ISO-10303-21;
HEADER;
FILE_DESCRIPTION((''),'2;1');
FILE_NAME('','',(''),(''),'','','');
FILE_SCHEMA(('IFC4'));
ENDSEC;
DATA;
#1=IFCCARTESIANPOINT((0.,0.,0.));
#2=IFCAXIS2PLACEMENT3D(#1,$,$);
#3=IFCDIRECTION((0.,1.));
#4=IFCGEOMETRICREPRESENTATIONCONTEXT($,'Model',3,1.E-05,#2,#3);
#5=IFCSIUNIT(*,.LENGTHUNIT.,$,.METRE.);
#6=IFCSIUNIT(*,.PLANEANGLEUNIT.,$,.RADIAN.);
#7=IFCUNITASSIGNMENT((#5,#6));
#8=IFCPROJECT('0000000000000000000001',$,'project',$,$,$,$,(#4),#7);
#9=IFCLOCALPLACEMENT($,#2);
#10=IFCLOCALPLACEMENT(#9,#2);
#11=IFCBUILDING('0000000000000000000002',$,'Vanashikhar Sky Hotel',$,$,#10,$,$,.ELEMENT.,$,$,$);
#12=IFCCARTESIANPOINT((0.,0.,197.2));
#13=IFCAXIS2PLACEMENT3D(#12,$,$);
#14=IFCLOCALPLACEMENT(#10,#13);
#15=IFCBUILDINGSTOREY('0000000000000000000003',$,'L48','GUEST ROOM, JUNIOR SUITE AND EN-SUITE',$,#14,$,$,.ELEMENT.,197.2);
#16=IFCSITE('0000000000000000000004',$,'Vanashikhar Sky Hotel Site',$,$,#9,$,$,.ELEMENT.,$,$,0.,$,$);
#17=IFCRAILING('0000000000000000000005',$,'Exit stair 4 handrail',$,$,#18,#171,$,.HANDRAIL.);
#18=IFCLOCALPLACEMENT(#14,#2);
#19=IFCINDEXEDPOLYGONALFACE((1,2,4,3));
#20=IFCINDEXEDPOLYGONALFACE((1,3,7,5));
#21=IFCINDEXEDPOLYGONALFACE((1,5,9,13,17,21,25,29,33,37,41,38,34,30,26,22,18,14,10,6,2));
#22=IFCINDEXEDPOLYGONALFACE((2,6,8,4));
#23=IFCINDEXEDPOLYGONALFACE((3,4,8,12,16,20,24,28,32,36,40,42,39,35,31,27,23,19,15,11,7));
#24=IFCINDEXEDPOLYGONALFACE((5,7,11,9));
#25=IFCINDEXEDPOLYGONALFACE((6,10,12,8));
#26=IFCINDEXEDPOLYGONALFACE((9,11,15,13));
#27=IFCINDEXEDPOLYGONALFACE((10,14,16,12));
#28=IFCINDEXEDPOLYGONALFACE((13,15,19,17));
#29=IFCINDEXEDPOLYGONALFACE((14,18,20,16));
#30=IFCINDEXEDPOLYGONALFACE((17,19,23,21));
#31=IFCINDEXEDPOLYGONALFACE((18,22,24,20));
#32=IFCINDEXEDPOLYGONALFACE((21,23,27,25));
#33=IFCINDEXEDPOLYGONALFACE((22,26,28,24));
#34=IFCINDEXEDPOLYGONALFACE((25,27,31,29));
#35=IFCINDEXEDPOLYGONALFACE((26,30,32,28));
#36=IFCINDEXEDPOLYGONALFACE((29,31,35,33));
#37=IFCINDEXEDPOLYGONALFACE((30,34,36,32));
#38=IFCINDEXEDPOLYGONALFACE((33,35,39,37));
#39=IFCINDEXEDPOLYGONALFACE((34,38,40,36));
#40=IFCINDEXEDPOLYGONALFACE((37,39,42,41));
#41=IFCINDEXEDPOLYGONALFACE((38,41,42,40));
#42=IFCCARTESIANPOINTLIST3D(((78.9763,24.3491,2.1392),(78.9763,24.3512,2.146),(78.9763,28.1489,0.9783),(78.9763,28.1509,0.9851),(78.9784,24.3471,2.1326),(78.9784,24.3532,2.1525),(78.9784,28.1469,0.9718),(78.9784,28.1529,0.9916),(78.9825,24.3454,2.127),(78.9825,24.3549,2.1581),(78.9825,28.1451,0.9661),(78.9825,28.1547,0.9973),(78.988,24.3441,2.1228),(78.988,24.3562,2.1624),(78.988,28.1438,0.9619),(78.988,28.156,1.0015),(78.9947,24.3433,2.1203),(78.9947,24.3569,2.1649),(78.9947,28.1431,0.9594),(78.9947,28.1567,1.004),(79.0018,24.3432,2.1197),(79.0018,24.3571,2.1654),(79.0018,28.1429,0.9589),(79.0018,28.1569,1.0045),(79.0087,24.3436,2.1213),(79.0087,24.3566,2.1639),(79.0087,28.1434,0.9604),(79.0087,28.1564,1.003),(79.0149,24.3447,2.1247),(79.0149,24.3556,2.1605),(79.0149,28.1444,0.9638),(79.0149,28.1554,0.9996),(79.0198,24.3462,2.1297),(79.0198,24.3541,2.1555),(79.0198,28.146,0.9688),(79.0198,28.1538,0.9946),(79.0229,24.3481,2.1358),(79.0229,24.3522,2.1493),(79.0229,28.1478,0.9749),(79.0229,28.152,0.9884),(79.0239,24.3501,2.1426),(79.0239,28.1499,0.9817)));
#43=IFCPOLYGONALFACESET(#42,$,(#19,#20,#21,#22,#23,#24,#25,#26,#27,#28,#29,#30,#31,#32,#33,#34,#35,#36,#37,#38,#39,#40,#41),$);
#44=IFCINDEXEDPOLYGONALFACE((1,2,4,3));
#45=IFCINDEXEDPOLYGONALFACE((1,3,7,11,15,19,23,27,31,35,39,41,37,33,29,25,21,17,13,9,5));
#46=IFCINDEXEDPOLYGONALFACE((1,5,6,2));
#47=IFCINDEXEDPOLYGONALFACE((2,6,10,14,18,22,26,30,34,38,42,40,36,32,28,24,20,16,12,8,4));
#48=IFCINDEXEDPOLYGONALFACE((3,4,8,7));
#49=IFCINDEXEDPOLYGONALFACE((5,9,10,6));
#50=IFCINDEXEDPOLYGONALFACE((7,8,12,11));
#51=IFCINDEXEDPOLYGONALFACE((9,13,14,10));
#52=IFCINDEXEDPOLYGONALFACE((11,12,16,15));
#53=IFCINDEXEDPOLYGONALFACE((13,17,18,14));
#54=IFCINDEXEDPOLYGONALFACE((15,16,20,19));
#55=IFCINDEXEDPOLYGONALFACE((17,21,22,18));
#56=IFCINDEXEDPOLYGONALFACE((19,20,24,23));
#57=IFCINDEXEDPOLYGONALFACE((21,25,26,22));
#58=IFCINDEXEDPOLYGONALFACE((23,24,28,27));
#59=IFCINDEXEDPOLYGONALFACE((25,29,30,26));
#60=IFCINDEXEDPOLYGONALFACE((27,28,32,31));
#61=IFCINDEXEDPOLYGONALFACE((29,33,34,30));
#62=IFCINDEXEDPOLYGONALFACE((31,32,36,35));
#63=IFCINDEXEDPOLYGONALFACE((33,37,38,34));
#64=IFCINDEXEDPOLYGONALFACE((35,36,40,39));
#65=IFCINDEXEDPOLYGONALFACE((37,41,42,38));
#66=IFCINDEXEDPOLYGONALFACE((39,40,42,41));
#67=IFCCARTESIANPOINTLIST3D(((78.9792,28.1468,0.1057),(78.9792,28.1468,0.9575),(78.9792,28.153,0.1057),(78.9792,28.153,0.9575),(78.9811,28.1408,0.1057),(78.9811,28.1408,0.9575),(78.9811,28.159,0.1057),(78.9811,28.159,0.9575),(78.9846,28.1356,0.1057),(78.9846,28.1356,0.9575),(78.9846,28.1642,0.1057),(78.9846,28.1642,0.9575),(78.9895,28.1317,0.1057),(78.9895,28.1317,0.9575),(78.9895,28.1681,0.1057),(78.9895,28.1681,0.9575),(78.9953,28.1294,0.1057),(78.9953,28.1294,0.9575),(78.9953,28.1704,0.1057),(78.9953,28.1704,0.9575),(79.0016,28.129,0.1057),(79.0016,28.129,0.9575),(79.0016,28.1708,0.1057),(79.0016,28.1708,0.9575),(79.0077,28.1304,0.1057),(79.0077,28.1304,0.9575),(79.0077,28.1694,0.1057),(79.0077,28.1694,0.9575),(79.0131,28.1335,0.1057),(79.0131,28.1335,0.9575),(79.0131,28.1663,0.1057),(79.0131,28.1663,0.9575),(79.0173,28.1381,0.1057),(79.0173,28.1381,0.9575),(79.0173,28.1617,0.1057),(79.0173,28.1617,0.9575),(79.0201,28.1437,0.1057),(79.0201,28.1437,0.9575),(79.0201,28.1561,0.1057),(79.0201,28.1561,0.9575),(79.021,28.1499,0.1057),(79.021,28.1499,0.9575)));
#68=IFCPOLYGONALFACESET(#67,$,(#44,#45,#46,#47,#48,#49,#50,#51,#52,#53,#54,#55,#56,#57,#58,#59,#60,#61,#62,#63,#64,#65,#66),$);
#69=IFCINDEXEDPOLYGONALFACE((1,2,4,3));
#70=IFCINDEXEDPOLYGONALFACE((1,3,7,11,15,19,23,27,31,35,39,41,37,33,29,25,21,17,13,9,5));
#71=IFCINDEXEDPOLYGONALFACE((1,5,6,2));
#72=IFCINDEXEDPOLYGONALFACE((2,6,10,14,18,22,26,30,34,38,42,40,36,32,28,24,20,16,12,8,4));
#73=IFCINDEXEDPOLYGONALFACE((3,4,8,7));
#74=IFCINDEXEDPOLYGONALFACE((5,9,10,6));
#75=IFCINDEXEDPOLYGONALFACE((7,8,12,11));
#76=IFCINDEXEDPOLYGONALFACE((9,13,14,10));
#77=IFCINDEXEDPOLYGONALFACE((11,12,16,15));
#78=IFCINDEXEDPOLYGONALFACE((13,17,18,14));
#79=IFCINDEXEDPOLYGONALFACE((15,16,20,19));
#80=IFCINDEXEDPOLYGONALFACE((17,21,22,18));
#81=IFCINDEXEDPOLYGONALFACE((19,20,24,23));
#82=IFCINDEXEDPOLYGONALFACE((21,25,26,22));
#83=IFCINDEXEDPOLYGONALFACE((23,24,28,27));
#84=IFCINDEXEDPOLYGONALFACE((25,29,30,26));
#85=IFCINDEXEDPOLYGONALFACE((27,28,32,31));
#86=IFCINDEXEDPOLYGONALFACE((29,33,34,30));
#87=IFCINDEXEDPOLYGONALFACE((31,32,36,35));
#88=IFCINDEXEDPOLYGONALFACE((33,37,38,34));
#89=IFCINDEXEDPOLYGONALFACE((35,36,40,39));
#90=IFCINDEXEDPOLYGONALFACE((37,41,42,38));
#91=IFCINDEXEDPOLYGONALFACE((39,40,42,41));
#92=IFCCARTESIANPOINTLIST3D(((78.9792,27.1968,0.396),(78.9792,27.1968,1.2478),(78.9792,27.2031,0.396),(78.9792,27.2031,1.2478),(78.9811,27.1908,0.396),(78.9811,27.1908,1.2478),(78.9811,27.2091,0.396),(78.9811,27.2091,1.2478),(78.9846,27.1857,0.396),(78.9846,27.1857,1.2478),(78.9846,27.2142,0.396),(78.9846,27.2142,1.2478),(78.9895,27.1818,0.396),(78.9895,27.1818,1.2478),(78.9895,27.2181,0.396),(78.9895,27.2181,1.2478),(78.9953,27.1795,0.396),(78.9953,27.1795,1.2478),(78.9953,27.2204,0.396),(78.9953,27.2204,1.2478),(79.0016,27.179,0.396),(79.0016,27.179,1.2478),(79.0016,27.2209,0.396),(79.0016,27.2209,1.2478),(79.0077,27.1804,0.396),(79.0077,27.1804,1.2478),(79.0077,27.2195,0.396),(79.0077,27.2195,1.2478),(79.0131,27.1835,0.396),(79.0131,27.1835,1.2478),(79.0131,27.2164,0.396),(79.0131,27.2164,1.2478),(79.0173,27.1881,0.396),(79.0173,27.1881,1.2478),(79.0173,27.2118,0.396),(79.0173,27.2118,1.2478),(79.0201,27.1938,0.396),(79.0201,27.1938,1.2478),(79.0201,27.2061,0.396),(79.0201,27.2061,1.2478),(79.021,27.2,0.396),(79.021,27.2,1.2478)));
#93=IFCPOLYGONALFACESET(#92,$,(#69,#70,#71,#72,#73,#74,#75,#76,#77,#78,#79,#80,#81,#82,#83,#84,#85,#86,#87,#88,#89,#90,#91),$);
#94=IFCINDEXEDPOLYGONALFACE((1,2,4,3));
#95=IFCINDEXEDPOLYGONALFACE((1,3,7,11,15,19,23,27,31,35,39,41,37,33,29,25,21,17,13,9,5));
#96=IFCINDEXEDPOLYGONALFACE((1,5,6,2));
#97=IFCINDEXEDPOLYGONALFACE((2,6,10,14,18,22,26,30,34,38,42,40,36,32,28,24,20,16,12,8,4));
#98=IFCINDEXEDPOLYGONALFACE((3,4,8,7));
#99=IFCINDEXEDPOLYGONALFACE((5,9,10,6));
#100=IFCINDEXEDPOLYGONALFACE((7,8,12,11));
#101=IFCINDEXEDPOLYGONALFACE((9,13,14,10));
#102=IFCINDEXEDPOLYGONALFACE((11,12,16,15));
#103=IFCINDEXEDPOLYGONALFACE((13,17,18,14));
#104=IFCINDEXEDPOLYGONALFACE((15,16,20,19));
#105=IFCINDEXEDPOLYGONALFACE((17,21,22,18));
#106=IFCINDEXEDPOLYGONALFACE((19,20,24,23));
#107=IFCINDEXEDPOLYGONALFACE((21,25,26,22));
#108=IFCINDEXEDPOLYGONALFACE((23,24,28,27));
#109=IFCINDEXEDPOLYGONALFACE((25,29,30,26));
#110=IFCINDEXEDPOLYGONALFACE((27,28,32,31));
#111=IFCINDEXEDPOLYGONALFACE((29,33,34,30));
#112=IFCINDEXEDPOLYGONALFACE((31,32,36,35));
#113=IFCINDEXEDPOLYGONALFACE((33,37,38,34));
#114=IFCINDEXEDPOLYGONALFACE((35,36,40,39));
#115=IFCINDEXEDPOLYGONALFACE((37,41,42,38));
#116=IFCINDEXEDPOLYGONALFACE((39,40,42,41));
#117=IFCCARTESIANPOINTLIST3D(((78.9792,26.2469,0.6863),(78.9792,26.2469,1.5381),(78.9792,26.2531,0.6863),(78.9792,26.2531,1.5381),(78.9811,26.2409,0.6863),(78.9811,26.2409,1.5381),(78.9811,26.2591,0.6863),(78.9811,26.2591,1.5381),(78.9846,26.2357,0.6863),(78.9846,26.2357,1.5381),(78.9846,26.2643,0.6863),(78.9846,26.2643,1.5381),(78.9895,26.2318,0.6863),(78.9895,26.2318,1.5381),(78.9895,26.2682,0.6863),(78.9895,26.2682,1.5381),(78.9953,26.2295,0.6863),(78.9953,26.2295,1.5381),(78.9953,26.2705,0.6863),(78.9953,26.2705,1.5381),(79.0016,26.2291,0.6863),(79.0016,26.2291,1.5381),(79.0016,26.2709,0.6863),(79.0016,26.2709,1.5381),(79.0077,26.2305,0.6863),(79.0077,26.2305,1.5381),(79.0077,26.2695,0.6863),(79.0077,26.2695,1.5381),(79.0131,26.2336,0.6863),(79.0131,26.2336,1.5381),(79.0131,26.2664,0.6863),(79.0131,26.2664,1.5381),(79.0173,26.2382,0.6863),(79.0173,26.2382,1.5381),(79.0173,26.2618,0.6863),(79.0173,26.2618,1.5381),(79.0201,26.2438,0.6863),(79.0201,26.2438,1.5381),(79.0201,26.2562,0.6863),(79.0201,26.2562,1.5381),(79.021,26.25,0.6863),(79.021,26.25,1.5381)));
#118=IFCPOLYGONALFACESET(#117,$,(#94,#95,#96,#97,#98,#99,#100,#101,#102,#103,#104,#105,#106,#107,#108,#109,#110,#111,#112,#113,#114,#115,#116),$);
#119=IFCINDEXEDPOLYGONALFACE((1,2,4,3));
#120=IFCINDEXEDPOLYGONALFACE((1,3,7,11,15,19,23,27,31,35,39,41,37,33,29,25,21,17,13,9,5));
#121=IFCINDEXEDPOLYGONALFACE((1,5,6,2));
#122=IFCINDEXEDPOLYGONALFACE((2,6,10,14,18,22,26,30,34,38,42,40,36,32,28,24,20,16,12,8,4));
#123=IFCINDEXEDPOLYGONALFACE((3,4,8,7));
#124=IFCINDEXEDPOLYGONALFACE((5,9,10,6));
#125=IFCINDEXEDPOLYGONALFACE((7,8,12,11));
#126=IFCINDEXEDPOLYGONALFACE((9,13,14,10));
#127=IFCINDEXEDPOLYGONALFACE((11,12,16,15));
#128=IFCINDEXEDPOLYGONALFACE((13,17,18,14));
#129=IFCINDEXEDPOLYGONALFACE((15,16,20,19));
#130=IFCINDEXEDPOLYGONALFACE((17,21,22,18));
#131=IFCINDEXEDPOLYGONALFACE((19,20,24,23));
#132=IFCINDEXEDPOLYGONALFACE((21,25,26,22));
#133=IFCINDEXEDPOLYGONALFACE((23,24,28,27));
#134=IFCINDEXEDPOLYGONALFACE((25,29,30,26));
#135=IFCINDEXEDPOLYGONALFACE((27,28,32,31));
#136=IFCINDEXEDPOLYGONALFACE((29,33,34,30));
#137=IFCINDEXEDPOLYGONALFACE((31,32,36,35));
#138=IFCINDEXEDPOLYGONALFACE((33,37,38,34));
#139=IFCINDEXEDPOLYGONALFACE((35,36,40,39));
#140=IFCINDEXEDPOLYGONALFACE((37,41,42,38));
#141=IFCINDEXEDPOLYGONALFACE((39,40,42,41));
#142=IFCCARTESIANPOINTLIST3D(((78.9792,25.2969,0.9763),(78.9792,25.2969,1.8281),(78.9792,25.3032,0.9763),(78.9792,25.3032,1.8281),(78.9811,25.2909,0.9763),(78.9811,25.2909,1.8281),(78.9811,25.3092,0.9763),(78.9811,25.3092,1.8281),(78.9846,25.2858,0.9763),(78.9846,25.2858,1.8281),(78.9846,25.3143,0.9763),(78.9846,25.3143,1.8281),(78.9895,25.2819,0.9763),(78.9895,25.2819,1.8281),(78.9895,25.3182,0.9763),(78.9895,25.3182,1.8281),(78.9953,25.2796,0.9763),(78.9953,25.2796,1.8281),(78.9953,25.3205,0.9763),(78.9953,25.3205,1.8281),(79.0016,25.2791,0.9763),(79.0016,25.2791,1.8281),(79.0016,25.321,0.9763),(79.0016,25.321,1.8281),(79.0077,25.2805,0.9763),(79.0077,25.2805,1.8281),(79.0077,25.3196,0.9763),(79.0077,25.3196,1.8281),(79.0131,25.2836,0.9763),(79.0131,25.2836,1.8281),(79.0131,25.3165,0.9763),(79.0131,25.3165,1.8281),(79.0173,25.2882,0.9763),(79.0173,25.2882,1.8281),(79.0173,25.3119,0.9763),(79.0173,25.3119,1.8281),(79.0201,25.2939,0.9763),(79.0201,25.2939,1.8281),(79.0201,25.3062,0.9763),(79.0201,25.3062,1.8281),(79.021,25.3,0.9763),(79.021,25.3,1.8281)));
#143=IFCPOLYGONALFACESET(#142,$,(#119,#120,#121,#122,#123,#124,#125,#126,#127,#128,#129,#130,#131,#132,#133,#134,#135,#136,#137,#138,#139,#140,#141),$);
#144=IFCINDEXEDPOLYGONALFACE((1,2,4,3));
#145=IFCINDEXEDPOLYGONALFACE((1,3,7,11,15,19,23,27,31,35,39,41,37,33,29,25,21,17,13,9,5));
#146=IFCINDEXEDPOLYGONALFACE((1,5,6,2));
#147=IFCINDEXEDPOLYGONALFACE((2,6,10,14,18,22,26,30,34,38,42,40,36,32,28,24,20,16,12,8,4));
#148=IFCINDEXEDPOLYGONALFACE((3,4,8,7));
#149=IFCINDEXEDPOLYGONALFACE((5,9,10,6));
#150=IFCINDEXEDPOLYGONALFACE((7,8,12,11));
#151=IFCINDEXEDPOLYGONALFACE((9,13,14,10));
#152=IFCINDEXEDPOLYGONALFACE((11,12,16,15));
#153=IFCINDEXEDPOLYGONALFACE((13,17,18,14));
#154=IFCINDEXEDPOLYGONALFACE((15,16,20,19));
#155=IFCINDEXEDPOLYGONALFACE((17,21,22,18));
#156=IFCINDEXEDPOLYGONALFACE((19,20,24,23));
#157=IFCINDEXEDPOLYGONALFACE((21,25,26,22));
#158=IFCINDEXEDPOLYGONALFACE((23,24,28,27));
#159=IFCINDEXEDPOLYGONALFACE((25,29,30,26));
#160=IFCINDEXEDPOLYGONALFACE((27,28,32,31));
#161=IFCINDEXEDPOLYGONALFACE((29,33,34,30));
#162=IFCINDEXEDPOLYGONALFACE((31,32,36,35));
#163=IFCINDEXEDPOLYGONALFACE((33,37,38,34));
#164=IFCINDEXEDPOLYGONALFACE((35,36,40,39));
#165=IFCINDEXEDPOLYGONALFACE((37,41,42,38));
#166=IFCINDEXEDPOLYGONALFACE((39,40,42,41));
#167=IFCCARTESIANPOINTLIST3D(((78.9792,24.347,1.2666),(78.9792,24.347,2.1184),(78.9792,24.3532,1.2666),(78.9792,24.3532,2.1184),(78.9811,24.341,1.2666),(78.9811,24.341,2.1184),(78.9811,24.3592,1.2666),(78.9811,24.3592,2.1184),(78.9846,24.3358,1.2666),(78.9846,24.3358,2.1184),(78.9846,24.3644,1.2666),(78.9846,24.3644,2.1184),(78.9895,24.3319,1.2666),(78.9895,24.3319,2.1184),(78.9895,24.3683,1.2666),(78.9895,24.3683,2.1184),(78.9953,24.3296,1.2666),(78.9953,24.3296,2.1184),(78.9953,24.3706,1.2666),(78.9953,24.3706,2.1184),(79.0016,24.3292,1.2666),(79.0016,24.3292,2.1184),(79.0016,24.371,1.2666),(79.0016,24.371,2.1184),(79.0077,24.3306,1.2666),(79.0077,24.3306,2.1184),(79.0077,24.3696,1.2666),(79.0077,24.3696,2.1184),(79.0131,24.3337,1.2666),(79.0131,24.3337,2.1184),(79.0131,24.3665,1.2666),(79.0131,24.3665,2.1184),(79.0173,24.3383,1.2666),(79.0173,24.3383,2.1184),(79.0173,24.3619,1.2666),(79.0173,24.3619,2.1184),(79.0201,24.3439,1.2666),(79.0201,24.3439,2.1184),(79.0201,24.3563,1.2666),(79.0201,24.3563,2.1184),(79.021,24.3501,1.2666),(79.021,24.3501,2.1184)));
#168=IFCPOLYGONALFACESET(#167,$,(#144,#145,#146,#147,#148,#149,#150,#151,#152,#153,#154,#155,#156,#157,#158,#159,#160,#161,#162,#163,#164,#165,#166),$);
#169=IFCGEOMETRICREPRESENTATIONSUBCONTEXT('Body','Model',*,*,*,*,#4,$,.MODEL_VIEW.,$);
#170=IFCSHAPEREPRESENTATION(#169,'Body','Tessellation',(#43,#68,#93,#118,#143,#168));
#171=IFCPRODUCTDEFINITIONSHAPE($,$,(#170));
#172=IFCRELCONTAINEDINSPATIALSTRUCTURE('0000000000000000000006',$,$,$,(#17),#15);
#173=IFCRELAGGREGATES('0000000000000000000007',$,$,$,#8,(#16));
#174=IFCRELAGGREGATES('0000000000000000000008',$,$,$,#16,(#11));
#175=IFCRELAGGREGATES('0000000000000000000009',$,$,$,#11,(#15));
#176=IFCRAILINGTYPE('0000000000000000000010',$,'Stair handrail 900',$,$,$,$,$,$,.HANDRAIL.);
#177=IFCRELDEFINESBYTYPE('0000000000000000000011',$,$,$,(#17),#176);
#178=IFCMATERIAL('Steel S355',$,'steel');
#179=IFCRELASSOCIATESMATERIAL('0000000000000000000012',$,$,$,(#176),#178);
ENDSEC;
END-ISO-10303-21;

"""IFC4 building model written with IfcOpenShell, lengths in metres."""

from ifc_helpers import new_model, si_unit, direction, frame, origin, origin_2d, place, context, subcontext, project, spatial, circle, extrude, source, transform, mapped, material, type_object, element, save


model = new_model("IFC4")

# Units and contexts
model_context = context("Model", 3, precision=1e-05, world=origin(), true_north=direction((0.0, 1.0)))
body_context = subcontext(model_context, "Body", "Model", "MODEL_VIEW")
ifc_project = project(units=[si_unit("LENGTHUNIT", "METRE"), si_unit("PLANEANGLEUNIT", "RADIAN")], contexts=[model_context])

# Site, building, storey
site_placement = place(None, origin())
site = spatial("IfcSite", under=ifc_project, at=site_placement, Name="Vanashikhar Sky Hotel Site", CompositionType="ELEMENT", RefElevation=0.0)
building_placement = place(site_placement, origin())
building = spatial("IfcBuilding", under=site, at=building_placement, Name="Vanashikhar Sky Hotel", CompositionType="ELEMENT")
storey_placement = place(building_placement, frame((0.0, 0.0, 197.2)))
storey = spatial("IfcBuildingStorey", under=building, at=storey_placement, Name="L48", Description="GUEST ROOM, JUNIOR SUITE AND EN-SUITE", CompositionType="ELEMENT", Elevation=197.2)

# Railing
ifc_material_1 = material(Name="Steel S355", Category="steel")
railing_type = type_object("IfcRailingType", Name="Stair handrail 900", PredefinedType="HANDRAIL", material=ifc_material_1)
shared_shape_1 = source(origin(), body_context, "Body", "SweptSolid", [
    extrude(circle(Radius=0.0239, at=origin_2d()), frame((0.0, 0.0, 0.876), z_axis=(0.0, -0.956363, 0.292181), x_axis=(1.0, 0.0, 0.0)), (0.0, 0.0, 1.0), 3.9731),
    extrude(circle(Radius=0.021, at=origin_2d()), origin(), (0.0, 0.0, 1.0), 0.8518),
    extrude(circle(Radius=0.021, at=origin_2d()), frame((0.0, -0.95, 0.2903)), (0.0, 0.0, 1.0), 0.8518),
    extrude(circle(Radius=0.021, at=origin_2d()), frame((0.0, -1.8999, 0.5806)), (0.0, 0.0, 1.0), 0.8518),
    extrude(circle(Radius=0.021, at=origin_2d()), frame((0.0, -2.8499, 0.8706)), (0.0, 0.0, 1.0), 0.8518),
    extrude(circle(Radius=0.021, at=origin_2d()), frame((0.0, -3.7998, 1.1609)), (0.0, 0.0, 1.0), 0.8518),
])
railing_1_placement = place(storey_placement, frame((79.0, 28.1499, 0.1057)))
element("IfcRailing", 1, at=railing_1_placement, inside=storey, type_object=railing_type, Name="Exit stair 4 handrail", PredefinedType="HANDRAIL", context=body_context, shape_type="MappedRepresentation", body=[
    mapped(shared_shape_1, transform((0.0, 0.0, 0.0), scale=1.0)),
])

save(model, "model.ifc")
